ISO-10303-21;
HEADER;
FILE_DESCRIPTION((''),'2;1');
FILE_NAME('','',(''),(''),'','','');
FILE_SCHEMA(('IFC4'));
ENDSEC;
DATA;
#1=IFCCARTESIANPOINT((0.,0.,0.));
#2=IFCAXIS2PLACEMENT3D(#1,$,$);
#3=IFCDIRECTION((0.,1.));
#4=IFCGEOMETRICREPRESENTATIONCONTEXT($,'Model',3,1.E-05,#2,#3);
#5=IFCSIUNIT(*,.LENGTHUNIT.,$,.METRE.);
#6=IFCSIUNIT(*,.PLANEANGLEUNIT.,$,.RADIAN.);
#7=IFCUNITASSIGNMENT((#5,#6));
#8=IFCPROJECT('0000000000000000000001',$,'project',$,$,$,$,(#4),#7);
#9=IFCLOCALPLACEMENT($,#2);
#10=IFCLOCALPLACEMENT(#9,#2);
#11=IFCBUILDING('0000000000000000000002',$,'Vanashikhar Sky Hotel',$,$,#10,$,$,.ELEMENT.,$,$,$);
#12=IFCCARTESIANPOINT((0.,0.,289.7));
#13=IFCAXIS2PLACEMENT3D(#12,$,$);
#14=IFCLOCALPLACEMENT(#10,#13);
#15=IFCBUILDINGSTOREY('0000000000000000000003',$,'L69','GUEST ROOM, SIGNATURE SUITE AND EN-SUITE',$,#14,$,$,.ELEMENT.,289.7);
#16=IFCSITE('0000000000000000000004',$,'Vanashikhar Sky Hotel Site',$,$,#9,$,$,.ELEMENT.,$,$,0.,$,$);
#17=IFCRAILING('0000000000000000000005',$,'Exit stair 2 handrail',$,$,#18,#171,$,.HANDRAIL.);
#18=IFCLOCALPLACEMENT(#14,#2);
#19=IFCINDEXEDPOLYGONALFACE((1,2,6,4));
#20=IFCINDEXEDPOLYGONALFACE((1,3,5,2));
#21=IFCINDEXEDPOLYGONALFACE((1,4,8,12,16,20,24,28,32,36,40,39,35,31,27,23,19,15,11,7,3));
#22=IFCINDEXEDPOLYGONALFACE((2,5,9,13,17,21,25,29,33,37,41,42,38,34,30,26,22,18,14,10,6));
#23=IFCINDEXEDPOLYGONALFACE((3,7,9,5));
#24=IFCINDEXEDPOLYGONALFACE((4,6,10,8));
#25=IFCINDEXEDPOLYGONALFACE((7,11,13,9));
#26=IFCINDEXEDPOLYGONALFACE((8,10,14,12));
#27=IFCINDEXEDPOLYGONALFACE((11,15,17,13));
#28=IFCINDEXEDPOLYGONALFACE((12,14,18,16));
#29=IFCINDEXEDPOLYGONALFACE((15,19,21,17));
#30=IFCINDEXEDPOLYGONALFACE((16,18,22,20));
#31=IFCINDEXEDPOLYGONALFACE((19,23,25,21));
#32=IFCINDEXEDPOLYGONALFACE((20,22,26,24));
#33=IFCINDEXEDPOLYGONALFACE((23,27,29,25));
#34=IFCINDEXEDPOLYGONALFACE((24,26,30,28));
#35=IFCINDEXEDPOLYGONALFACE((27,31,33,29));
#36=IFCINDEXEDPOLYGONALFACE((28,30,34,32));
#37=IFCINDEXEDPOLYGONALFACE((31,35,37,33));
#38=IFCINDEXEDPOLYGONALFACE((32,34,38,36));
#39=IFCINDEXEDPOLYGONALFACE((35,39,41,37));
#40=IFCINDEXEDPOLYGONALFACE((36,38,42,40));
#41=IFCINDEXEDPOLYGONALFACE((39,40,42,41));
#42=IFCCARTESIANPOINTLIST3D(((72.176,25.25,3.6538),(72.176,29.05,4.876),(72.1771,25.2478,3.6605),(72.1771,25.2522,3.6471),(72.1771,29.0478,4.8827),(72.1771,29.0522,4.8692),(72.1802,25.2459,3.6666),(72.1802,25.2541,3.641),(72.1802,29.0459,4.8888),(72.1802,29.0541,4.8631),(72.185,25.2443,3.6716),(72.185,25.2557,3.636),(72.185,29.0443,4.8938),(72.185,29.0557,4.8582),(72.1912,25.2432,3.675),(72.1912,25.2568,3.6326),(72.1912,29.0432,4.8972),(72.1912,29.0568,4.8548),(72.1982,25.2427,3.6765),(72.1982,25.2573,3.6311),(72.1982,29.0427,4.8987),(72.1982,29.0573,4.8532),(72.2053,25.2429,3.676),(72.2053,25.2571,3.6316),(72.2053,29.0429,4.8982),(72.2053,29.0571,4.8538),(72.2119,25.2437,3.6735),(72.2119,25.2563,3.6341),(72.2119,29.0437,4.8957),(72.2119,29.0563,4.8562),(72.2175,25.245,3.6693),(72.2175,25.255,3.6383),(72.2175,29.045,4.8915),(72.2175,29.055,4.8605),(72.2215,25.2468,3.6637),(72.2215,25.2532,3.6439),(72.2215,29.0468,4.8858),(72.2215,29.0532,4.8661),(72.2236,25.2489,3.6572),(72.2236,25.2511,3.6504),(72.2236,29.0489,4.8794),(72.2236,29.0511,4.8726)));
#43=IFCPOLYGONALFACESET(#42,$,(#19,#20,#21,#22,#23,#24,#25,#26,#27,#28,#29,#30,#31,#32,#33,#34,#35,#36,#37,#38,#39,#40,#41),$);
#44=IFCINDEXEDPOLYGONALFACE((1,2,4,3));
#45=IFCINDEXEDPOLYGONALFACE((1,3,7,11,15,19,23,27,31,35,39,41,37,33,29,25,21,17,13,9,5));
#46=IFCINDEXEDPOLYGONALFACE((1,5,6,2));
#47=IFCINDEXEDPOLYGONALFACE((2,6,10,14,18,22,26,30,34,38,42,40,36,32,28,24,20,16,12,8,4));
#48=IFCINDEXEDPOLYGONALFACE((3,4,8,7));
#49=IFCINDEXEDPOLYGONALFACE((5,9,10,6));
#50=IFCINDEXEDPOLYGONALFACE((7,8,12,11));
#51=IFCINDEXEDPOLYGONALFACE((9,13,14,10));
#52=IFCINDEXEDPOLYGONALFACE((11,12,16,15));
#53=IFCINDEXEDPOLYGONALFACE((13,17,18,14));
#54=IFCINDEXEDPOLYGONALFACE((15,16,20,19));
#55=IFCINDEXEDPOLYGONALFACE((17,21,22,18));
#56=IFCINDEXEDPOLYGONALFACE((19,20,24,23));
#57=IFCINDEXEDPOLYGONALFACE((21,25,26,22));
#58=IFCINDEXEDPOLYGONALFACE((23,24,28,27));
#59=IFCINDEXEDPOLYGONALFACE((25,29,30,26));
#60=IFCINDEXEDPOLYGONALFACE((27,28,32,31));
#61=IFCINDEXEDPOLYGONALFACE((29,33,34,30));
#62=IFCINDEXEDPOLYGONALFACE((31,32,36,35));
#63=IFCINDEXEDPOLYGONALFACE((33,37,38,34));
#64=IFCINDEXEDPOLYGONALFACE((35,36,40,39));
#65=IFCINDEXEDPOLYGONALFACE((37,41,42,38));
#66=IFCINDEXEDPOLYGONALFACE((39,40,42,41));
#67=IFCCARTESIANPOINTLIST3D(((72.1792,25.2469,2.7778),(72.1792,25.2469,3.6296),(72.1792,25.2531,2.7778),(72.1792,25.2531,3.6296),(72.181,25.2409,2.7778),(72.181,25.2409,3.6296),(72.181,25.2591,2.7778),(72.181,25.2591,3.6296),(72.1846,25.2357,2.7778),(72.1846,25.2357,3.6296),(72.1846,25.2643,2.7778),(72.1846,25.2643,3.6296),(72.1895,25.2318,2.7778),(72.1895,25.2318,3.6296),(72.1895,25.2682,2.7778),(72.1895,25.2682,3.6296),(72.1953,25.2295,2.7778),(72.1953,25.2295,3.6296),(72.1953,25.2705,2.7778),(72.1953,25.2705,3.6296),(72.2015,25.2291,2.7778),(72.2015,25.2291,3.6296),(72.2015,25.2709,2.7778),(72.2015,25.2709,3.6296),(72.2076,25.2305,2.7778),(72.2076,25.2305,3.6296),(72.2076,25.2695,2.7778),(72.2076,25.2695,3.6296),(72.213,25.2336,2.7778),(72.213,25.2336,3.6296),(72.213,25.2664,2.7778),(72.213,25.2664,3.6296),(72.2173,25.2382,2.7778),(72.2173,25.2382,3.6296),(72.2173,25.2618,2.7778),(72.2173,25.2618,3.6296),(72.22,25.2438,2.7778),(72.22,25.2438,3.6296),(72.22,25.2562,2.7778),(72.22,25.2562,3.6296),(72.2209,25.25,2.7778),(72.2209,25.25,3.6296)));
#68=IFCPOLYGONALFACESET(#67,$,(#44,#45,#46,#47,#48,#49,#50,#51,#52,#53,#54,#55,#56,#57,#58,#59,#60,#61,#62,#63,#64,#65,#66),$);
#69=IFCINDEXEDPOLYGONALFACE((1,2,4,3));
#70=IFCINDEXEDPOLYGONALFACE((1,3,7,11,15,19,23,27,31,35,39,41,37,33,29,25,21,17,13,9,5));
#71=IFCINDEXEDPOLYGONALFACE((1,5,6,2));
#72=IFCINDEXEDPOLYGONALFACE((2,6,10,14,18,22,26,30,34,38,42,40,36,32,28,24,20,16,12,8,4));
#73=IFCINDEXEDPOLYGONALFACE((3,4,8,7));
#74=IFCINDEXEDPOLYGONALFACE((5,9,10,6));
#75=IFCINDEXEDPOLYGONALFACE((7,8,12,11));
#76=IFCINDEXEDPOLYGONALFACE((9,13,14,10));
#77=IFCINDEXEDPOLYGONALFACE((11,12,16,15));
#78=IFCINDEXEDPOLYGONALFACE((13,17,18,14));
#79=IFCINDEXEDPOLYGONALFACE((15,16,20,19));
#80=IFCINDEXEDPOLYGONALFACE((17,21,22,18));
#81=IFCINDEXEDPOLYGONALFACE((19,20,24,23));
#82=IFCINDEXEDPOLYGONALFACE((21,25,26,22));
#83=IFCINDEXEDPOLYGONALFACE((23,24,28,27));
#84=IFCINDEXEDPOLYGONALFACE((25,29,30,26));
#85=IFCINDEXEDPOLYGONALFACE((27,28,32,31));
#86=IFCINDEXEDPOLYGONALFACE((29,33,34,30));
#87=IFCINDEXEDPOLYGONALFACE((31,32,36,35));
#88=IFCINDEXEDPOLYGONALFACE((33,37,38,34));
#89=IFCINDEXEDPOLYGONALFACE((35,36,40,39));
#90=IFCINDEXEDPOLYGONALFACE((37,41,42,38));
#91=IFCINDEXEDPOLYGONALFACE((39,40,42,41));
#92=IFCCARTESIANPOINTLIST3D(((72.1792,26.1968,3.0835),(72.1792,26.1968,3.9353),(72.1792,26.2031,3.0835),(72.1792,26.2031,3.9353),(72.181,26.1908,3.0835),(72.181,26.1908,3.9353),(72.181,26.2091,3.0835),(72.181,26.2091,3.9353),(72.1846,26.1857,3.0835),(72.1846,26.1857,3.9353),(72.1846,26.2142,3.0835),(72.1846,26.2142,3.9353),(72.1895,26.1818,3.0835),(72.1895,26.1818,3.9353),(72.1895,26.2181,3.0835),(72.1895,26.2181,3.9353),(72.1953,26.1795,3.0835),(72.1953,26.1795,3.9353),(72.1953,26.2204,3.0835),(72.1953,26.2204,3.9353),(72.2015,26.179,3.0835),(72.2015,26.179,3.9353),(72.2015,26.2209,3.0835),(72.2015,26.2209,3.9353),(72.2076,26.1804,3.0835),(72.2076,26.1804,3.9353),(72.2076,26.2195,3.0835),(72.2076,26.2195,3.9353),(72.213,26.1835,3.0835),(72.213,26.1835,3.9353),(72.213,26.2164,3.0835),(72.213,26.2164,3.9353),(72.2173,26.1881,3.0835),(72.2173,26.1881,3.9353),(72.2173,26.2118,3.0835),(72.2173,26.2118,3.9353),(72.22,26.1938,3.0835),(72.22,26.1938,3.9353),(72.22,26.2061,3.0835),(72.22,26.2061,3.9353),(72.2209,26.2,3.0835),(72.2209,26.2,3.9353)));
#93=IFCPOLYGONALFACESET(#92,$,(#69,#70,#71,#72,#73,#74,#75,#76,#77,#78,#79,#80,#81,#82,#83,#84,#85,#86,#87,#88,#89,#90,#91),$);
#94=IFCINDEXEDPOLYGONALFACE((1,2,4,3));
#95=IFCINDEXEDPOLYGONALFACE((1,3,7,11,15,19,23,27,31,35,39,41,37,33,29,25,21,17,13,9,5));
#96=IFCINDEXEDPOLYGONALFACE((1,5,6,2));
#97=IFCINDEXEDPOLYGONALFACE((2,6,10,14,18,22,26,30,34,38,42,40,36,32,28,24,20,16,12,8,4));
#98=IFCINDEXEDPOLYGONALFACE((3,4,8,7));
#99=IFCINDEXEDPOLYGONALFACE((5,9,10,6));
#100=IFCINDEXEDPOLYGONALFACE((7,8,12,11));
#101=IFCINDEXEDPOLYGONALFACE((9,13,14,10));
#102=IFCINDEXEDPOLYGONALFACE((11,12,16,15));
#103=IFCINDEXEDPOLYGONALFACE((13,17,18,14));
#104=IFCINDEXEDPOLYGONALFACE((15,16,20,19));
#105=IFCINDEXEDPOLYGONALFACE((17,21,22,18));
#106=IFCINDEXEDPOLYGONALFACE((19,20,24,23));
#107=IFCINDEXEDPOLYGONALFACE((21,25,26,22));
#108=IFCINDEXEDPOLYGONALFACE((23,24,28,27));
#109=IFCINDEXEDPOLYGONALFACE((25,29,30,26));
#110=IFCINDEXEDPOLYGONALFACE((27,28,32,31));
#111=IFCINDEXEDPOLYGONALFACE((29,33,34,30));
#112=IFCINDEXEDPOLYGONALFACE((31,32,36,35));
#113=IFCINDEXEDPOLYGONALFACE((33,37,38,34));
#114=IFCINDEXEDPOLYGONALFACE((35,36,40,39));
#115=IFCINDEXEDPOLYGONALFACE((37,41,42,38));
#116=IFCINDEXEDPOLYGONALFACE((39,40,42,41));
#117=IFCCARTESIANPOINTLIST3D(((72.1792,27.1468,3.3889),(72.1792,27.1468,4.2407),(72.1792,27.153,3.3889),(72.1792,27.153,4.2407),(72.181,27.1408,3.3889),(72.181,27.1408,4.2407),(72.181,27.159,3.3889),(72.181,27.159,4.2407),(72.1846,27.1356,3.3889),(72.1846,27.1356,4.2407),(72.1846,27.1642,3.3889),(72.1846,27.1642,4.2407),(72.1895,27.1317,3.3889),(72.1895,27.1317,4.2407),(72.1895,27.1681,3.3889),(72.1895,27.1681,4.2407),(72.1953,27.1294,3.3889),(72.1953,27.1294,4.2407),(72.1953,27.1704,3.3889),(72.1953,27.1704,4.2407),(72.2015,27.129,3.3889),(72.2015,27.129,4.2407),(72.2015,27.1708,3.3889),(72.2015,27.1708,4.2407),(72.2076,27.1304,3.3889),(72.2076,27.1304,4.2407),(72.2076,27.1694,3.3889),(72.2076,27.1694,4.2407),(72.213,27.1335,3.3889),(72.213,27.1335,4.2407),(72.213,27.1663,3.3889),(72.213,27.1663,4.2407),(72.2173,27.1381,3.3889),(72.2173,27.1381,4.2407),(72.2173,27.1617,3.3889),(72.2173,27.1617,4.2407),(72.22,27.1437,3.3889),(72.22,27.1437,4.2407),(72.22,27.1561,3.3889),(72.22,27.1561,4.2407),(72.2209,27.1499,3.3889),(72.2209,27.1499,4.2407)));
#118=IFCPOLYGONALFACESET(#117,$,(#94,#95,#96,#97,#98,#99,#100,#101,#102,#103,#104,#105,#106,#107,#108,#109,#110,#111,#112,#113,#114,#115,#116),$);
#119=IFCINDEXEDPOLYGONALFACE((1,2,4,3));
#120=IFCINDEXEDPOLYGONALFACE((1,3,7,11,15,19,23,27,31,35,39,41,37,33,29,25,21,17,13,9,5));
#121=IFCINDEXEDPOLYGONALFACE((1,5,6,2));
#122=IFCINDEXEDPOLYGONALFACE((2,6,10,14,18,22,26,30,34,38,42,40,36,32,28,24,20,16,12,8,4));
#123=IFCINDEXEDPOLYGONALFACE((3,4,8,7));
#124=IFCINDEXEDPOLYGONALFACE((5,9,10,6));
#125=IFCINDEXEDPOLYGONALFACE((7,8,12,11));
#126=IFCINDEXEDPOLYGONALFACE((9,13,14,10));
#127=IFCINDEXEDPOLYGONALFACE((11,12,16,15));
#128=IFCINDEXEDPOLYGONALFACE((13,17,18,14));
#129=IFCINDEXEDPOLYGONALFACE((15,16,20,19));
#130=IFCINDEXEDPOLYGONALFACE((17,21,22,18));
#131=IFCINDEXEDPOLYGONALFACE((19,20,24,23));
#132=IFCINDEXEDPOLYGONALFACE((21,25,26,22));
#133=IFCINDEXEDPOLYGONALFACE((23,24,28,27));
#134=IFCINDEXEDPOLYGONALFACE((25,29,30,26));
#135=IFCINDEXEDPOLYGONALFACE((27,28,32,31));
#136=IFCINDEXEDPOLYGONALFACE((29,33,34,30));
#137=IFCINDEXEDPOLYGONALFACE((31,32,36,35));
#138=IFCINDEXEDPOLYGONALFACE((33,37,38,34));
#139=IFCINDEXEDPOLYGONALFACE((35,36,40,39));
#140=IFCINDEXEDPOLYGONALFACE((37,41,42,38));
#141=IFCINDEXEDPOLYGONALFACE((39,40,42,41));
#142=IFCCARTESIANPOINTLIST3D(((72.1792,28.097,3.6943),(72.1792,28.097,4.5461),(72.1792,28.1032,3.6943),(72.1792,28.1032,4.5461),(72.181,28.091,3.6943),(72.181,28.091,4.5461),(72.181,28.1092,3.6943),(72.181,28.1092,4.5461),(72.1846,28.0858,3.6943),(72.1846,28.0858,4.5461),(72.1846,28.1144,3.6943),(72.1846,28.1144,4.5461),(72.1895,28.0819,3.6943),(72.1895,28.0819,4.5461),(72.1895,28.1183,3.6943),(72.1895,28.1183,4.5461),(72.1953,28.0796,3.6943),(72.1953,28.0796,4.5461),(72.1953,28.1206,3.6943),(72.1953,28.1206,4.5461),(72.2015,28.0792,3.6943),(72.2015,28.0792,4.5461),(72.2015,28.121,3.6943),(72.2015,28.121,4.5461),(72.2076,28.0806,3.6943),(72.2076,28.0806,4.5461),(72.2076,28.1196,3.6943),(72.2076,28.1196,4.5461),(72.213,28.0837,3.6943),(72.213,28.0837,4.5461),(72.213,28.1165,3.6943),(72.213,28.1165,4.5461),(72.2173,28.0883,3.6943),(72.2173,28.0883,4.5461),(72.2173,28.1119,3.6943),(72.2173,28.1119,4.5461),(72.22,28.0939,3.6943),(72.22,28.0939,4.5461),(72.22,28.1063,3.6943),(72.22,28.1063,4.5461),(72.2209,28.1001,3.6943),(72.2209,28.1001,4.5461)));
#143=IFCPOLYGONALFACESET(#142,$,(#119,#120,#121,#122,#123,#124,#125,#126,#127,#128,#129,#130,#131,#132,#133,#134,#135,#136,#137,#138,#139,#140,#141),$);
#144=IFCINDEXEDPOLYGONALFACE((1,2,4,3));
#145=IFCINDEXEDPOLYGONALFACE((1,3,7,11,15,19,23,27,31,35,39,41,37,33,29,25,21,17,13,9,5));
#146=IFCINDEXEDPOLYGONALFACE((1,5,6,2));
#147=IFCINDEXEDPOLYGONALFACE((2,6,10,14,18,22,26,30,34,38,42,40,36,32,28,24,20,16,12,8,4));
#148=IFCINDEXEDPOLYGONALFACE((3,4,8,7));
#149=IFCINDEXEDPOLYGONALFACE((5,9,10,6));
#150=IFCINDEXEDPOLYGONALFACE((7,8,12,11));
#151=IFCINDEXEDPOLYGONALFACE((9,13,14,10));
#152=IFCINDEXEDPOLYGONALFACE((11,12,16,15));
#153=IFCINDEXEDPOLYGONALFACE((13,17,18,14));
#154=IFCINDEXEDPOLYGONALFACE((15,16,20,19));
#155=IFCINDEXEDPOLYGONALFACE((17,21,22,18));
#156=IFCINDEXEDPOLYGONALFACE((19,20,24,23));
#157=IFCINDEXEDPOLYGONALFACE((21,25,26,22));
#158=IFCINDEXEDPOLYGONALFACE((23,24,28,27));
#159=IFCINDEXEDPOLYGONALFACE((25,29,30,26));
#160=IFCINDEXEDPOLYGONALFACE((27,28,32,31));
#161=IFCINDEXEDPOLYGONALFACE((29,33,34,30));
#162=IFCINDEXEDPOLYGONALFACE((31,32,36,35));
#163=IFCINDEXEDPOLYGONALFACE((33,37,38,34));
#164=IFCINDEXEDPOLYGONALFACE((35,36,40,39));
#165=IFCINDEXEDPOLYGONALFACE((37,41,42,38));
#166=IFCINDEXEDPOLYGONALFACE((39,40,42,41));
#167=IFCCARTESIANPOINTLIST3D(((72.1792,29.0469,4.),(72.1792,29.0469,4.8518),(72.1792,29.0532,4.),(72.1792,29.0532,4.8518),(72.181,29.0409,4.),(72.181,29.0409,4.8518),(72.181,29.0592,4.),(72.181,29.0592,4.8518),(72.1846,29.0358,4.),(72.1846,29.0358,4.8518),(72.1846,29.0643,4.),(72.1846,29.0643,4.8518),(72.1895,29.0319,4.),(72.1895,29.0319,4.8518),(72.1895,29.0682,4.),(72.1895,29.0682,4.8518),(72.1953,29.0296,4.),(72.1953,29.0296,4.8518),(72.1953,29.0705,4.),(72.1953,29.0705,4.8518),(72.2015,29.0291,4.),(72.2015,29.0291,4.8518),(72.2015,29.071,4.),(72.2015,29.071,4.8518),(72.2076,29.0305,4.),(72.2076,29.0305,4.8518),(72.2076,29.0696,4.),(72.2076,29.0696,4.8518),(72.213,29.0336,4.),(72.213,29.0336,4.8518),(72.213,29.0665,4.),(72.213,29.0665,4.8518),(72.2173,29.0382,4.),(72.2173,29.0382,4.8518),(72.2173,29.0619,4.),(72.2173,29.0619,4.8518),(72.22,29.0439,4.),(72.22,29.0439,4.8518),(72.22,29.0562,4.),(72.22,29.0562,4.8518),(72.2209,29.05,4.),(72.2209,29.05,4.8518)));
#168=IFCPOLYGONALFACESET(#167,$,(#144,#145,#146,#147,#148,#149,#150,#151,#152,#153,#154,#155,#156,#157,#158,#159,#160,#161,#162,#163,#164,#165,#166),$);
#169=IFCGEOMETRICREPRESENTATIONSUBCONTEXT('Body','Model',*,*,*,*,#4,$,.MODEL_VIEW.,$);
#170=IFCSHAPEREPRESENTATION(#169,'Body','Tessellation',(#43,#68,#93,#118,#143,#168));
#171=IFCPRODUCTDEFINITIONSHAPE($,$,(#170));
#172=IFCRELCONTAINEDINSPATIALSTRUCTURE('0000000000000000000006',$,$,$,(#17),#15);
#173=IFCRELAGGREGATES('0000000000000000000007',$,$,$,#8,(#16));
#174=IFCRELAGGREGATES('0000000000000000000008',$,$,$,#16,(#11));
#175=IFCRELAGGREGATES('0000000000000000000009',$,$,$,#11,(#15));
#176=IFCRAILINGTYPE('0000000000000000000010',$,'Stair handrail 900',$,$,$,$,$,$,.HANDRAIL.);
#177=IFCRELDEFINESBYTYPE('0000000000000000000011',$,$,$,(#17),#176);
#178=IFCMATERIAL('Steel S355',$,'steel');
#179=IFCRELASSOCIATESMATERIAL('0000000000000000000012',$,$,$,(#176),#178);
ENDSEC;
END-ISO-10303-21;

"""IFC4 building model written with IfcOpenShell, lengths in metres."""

from ifc_helpers import new_model, si_unit, direction, frame, origin, origin_2d, place, context, subcontext, project, spatial, circle, extrude, source, transform, mapped, material, type_object, element, save


model = new_model("IFC4")

# Units and contexts
model_context = context("Model", 3, precision=1e-05, world=origin(), true_north=direction((0.0, 1.0)))
body_context = subcontext(model_context, "Body", "Model", "MODEL_VIEW")
ifc_project = project(units=[si_unit("LENGTHUNIT", "METRE"), si_unit("PLANEANGLEUNIT", "RADIAN")], contexts=[model_context])

# Site, building, storey
site_placement = place(None, origin())
site = spatial("IfcSite", under=ifc_project, at=site_placement, Name="Vanashikhar Sky Hotel Site", CompositionType="ELEMENT", RefElevation=0.0)
building_placement = place(site_placement, origin())
building = spatial("IfcBuilding", under=site, at=building_placement, Name="Vanashikhar Sky Hotel", CompositionType="ELEMENT")
storey_placement = place(building_placement, frame((0.0, 0.0, 289.7)))
storey = spatial("IfcBuildingStorey", under=building, at=storey_placement, Name="L69", Description="GUEST ROOM, SIGNATURE SUITE AND EN-SUITE", CompositionType="ELEMENT", Elevation=289.7)

# Railing
ifc_material_1 = material(Name="Steel S355", Category="steel")
railing_type_1 = type_object("IfcRailingType", Name="Stair handrail 900", PredefinedType="HANDRAIL", material=ifc_material_1)
shared_shape_1 = source(origin(), body_context, "Body", "SweptSolid", [
    extrude(circle(Radius=0.0239, at=origin_2d()), frame((0.0, 0.0, 0.876), z_axis=(0.0, 0.951976, 0.306173), x_axis=(-1.0, 0.0, 0.0)), (0.0, 0.0, 1.0), 3.9917),
    extrude(circle(Radius=0.021, at=origin_2d()), origin(), (0.0, 0.0, 1.0), 0.8518),
    extrude(circle(Radius=0.021, at=origin_2d()), frame((0.0, 0.95, 0.3057)), (0.0, 0.0, 1.0), 0.8518),
    extrude(circle(Radius=0.021, at=origin_2d()), frame((0.0, 1.8999, 0.6111)), (0.0, 0.0, 1.0), 0.8518),
    extrude(circle(Radius=0.021, at=origin_2d()), frame((0.0, 2.8501, 0.9165)), (0.0, 0.0, 1.0), 0.8518),
    extrude(circle(Radius=0.021, at=origin_2d()), frame((0.0, 3.8, 1.2222)), (0.0, 0.0, 1.0), 0.8518),
])
railing_1_placement = place(storey_placement, frame((72.2, 25.25, 2.7778)))
element("IfcRailing", 1, at=railing_1_placement, inside=storey, type_object=railing_type_1, Name="Exit stair 2 handrail", PredefinedType="HANDRAIL", context=body_context, shape_type="MappedRepresentation", body=[
    mapped(shared_shape_1, transform((0.0, 0.0, 0.0), scale=1.0)),
])

save(model, "model.ifc")
